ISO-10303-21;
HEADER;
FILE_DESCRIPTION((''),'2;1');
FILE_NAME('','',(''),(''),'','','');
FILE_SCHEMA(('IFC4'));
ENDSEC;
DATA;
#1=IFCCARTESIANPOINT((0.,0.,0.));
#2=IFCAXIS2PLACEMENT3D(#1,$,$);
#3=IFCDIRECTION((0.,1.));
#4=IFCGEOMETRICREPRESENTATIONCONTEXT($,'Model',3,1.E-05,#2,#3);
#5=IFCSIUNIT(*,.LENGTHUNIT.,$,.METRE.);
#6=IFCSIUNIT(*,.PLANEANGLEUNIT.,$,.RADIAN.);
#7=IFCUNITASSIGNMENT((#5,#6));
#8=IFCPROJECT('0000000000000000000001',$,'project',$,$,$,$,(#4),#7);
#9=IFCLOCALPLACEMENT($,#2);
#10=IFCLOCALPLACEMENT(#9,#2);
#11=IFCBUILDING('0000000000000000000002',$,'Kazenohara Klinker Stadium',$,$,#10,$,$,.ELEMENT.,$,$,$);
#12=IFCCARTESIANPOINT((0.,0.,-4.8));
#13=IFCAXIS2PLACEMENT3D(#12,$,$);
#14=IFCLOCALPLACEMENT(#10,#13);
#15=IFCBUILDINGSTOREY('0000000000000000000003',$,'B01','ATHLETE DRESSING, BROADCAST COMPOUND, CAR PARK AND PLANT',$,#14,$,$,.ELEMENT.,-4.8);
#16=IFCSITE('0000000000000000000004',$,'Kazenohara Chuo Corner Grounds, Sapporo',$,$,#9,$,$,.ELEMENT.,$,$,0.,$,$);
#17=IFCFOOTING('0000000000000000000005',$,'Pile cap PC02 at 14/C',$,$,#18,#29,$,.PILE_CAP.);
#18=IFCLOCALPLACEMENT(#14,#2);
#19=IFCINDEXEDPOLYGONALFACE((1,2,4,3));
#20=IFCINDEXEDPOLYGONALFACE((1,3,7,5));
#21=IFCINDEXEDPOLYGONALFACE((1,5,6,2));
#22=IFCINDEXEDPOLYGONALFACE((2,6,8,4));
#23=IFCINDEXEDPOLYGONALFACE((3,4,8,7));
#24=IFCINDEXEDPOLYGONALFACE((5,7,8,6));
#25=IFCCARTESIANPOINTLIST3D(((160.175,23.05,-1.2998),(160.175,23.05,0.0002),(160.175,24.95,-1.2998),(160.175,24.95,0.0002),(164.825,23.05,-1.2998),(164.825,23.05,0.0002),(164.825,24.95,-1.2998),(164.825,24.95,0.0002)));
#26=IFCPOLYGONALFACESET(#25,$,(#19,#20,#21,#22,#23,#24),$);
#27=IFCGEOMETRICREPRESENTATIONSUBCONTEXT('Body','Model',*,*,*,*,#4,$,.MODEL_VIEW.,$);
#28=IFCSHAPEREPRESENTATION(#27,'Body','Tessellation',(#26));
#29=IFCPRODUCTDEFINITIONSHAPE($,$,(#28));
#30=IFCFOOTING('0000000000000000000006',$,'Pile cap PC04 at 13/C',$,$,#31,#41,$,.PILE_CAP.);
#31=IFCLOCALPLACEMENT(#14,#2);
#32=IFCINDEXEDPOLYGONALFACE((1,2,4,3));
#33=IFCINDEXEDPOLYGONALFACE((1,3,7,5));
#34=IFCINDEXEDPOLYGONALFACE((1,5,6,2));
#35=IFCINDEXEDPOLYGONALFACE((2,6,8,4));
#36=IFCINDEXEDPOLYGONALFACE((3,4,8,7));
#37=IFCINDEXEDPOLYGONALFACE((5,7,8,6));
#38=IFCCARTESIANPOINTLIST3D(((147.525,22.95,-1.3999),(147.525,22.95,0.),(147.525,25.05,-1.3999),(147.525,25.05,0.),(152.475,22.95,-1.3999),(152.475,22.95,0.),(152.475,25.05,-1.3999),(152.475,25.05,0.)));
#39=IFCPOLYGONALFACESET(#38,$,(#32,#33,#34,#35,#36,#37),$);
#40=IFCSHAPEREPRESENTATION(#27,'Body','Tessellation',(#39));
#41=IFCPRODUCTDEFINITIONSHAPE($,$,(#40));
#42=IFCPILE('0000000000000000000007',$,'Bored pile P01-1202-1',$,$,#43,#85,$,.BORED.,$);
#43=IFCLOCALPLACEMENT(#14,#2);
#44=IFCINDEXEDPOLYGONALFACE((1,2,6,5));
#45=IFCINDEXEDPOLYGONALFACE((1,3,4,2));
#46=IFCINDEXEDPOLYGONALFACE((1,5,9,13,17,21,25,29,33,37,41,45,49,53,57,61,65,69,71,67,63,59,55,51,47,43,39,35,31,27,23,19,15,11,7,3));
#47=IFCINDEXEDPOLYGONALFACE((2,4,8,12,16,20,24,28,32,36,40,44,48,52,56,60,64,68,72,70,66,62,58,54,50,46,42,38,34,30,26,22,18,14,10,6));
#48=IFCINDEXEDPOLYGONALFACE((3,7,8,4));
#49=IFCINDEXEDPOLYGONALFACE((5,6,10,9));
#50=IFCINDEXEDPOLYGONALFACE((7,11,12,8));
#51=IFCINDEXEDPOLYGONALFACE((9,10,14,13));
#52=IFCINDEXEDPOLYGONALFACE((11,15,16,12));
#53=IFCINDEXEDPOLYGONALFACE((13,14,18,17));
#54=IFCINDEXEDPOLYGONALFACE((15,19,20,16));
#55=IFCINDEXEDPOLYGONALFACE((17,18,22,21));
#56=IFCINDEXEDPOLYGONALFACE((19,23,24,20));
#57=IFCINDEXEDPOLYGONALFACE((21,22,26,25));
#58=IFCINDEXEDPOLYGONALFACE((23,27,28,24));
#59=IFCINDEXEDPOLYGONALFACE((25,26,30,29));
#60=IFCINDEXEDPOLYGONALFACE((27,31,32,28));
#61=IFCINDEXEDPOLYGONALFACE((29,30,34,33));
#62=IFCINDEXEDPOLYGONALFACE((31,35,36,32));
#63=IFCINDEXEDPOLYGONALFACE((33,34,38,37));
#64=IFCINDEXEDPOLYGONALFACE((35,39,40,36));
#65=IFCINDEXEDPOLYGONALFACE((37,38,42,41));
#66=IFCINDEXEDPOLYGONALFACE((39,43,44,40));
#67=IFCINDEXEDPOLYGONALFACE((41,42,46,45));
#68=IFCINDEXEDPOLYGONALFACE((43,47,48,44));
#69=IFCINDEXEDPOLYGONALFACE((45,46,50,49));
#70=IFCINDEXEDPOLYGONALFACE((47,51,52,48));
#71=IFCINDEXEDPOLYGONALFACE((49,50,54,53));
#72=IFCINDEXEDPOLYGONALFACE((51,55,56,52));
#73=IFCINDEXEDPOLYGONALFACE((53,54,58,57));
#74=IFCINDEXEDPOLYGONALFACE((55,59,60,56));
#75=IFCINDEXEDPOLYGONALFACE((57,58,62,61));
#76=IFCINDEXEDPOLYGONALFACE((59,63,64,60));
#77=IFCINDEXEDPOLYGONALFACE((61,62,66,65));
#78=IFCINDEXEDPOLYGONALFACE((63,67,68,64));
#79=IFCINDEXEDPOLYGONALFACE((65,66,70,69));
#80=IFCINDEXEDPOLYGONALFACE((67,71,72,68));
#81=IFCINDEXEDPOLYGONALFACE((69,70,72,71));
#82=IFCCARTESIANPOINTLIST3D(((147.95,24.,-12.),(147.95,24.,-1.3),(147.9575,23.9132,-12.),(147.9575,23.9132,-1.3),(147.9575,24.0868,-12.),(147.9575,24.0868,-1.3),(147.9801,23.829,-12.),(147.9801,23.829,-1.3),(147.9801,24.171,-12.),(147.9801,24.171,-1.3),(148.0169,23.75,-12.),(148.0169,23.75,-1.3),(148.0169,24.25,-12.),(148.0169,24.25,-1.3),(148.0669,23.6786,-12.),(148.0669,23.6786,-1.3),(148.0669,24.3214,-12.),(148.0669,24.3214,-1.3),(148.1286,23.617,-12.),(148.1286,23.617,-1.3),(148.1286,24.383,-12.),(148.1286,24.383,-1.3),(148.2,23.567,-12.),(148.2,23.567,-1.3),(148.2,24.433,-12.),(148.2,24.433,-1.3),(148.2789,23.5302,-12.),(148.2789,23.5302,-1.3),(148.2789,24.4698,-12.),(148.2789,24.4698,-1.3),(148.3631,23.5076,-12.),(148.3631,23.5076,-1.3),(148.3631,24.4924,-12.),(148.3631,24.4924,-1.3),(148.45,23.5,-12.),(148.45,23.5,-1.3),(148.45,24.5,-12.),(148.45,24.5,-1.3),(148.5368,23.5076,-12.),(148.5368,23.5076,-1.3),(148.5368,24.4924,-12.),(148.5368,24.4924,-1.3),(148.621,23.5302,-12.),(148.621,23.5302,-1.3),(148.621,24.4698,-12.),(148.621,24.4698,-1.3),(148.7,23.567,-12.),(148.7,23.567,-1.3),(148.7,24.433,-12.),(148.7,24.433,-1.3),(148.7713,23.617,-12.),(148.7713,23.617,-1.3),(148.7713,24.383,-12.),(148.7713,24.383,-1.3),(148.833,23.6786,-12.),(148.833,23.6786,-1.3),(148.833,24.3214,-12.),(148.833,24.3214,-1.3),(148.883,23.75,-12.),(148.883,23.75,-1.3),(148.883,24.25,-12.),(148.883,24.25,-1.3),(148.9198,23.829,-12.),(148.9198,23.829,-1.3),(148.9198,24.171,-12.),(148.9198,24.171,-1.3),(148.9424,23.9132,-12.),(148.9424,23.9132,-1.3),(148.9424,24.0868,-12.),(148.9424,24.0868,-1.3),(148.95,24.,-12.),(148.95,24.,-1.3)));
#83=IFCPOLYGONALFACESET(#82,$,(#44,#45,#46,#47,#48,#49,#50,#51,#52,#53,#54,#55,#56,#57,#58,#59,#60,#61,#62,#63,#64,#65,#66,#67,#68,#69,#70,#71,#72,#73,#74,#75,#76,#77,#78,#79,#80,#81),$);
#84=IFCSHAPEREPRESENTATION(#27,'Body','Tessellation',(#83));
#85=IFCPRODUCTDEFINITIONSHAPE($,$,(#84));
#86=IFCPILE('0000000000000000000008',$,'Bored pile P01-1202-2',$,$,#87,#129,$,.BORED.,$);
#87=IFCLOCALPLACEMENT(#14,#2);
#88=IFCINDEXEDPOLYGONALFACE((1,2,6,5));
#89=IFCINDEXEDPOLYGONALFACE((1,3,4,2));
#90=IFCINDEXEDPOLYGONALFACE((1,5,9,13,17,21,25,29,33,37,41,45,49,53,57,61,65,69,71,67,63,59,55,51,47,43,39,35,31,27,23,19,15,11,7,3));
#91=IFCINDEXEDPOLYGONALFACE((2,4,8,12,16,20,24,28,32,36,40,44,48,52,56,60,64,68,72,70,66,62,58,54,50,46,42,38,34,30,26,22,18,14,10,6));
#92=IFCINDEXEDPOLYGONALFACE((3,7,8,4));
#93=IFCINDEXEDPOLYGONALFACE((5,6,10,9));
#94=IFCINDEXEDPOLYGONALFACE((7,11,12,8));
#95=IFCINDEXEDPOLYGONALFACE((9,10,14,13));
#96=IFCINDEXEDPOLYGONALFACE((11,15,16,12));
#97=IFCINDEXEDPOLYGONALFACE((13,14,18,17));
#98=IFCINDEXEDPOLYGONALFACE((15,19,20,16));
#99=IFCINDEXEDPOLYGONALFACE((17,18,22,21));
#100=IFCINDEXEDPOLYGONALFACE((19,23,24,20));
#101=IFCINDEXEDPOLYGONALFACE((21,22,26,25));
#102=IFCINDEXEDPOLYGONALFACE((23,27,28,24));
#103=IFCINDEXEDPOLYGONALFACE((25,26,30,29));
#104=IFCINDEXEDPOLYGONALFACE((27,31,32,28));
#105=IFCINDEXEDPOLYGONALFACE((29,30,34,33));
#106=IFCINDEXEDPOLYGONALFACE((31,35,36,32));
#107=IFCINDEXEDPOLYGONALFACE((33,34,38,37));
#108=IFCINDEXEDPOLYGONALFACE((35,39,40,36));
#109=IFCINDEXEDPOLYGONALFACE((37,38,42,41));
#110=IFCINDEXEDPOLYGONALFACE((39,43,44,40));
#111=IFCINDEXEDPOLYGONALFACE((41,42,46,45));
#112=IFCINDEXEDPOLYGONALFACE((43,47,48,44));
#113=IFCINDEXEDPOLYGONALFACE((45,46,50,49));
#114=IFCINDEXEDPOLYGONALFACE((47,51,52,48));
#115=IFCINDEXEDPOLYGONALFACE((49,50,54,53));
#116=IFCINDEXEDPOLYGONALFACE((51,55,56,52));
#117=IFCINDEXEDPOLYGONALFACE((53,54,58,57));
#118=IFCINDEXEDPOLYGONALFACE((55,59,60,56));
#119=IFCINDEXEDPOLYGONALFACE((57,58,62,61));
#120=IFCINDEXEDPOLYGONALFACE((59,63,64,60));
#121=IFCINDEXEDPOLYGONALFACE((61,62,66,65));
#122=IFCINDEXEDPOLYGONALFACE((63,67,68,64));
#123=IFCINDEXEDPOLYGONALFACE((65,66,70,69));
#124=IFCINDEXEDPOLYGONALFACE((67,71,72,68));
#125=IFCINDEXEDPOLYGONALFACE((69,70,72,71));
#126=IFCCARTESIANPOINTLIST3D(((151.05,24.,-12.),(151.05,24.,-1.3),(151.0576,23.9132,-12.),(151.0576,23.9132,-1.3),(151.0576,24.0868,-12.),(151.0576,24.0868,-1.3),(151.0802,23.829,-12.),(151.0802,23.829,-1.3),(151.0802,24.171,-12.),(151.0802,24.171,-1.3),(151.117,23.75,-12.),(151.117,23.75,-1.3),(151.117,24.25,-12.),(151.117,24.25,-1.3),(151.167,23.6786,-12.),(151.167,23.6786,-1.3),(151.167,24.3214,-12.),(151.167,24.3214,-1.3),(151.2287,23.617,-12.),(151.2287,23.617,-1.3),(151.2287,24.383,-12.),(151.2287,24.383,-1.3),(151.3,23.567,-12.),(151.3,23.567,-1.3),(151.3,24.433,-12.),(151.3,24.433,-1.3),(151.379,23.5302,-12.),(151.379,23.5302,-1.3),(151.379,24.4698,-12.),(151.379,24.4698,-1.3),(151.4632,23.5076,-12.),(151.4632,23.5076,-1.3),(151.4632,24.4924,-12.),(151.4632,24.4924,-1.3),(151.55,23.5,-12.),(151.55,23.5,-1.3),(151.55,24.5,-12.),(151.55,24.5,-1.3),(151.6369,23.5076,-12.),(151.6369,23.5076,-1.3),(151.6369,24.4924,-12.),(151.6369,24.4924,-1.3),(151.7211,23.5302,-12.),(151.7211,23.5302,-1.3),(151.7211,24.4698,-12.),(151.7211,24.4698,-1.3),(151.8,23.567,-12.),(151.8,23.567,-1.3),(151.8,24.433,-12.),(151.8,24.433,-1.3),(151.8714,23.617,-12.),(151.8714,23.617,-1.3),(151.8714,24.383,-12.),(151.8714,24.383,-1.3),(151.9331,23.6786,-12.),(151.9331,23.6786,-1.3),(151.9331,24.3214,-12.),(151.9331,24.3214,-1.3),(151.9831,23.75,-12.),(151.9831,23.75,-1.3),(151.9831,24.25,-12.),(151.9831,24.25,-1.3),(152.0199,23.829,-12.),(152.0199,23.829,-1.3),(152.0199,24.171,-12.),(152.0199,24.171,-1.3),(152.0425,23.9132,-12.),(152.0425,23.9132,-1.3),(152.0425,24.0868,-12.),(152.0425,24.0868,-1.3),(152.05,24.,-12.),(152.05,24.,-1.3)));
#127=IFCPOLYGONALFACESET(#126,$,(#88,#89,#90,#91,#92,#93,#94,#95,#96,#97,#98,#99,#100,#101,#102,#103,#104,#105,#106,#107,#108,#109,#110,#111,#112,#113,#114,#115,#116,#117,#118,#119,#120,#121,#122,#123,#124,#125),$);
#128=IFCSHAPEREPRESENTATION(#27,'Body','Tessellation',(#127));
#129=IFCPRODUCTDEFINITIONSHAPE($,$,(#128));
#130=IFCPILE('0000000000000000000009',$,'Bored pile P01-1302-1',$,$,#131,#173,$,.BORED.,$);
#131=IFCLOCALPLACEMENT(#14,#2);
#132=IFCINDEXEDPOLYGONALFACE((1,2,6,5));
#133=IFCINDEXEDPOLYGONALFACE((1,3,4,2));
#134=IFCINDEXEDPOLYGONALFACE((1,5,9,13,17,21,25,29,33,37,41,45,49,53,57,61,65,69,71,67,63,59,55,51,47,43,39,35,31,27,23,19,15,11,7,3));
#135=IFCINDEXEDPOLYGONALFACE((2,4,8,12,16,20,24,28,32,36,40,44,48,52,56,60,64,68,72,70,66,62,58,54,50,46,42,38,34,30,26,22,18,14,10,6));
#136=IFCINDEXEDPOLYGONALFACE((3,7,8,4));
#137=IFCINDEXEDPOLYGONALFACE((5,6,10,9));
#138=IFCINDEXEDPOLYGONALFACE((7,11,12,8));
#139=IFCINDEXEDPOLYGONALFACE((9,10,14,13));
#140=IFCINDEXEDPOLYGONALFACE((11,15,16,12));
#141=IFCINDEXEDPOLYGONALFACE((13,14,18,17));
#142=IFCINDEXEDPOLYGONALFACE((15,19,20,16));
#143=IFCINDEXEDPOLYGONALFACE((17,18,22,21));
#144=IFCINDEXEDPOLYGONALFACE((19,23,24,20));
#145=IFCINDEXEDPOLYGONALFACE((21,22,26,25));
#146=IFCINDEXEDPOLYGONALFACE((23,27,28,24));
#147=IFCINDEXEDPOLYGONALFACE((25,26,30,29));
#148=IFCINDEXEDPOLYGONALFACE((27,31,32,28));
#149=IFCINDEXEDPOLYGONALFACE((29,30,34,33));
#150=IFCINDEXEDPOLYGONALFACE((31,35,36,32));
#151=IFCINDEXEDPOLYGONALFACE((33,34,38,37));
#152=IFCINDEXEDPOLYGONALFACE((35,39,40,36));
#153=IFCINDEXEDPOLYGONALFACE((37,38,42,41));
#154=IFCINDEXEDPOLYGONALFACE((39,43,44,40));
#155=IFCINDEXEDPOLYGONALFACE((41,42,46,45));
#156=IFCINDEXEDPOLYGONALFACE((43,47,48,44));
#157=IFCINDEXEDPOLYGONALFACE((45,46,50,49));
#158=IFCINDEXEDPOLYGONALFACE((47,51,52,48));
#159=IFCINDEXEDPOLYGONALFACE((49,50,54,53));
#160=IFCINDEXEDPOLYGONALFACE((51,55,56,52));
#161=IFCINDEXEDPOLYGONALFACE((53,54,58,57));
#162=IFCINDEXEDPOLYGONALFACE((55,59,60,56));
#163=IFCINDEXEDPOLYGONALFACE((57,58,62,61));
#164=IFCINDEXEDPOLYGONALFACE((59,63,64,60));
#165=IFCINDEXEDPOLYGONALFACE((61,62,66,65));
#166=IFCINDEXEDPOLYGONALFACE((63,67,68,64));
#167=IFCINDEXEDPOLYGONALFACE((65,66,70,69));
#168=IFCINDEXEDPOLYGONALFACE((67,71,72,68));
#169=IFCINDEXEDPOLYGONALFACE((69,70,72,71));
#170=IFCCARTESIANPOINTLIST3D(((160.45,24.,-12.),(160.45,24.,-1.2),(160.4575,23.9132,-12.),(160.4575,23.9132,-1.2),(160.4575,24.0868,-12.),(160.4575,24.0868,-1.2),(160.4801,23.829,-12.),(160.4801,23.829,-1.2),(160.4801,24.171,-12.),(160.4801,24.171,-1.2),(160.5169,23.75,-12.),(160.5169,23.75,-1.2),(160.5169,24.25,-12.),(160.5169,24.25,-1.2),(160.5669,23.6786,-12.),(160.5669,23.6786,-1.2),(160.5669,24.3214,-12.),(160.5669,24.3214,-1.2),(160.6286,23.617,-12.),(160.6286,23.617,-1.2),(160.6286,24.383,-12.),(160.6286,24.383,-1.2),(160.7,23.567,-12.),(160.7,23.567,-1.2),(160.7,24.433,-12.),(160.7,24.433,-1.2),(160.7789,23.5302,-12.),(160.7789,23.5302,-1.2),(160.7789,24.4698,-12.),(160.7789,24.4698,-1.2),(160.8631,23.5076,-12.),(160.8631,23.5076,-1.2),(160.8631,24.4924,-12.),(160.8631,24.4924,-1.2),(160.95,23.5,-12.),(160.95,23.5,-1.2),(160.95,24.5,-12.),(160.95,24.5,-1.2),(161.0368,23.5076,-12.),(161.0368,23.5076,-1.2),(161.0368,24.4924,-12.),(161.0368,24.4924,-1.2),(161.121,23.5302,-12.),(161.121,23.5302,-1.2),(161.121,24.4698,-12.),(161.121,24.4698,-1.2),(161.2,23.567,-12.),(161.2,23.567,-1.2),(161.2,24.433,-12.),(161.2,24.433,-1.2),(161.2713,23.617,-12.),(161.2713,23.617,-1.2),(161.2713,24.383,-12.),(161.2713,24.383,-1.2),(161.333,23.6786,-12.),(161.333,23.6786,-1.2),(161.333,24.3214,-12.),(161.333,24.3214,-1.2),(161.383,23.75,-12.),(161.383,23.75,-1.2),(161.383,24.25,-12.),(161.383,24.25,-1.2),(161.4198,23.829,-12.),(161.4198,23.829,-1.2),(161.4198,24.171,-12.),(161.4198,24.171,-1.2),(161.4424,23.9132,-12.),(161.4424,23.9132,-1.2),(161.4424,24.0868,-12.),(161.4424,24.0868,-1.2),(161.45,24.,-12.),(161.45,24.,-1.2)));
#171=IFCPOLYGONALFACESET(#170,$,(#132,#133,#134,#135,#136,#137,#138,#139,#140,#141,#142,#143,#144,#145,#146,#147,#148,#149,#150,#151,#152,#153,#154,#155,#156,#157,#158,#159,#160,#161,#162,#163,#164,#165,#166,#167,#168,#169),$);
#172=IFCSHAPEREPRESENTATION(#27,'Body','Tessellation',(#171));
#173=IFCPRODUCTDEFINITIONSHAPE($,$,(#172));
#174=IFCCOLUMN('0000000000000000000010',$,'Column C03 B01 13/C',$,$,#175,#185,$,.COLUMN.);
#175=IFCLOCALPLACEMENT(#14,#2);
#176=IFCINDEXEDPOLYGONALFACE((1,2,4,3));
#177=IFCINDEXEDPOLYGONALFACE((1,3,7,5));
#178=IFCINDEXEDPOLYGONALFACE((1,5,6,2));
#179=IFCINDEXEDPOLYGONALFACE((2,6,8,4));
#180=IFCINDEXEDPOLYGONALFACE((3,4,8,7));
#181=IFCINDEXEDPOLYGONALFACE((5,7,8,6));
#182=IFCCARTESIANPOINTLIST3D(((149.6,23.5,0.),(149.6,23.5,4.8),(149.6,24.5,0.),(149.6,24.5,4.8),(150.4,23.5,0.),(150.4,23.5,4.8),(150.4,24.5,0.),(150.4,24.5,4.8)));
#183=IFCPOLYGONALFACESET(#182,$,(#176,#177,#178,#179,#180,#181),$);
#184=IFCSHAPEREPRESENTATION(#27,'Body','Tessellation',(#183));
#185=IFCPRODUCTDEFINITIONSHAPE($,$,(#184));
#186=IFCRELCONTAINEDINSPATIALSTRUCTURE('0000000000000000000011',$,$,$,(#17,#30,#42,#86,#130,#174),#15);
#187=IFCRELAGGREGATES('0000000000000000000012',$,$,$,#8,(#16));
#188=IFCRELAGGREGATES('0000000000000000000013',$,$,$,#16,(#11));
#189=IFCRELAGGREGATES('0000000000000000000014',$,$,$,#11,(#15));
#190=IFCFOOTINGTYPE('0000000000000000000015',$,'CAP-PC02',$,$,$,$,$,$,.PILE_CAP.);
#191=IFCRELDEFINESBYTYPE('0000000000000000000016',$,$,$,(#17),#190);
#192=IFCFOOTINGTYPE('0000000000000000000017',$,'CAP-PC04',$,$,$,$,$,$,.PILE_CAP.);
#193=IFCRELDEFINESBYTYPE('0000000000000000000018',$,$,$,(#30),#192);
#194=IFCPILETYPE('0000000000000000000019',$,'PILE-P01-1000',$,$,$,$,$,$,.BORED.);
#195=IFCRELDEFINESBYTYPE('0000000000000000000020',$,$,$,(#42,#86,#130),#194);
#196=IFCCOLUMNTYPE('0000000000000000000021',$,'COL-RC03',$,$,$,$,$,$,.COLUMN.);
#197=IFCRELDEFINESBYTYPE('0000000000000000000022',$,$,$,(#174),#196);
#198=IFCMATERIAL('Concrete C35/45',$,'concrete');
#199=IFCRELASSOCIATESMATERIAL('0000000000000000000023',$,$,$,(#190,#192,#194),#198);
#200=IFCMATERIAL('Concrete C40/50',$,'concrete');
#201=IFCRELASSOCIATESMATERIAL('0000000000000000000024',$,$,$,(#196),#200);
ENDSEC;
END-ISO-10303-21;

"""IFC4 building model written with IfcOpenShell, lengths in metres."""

from ifc_helpers import new_model, si_unit, direction, frame, origin, origin_2d, place, context, subcontext, project, spatial, rectangle, circle, extrude, material, material_profile, profile_set, type_object, element, save


model = new_model("IFC4")

# Units and contexts
model_context = context("Model", 3, precision=1e-05, world=origin(), true_north=direction((0.0, 1.0)))
body_context = subcontext(model_context, "Body", "Model", "MODEL_VIEW")
ifc_project = project(units=[si_unit("LENGTHUNIT", "METRE"), si_unit("PLANEANGLEUNIT", "RADIAN")], contexts=[model_context])

# Site, building, storey
site_placement = place(None, origin())
site = spatial("IfcSite", under=ifc_project, at=site_placement, Name="Kazenohara Chuo Corner Grounds, Sapporo", CompositionType="ELEMENT", RefElevation=0.0)
building_placement = place(site_placement, origin())
building = spatial("IfcBuilding", under=site, at=building_placement, Name="Kazenohara Klinker Stadium", CompositionType="ELEMENT")
storey_placement = place(building_placement, frame((0.0, 0.0, -4.8)))
storey = spatial("IfcBuildingStorey", under=building, at=storey_placement, Name="B01", Description="ATHLETE DRESSING, BROADCAST COMPOUND, CAR PARK AND PLANT", CompositionType="ELEMENT", Elevation=-4.8)

# Footings
ifc_material_1 = material(Name="Concrete C35/45", Category="concrete")
footing_type_1 = type_object("IfcFootingType", Name="CAP-PC02", PredefinedType="PILE_CAP", material=ifc_material_1)
footing_1_placement = place(storey_placement, frame((162.5, 24.0, -1.2998), z_axis=(0.0, 0.0, 1.0), x_axis=(1.0, 0.0, 0.0)))
element("IfcFooting", 1, at=footing_1_placement, inside=storey, type_object=footing_type_1, Name="Pile cap PC02 at 14/C", PredefinedType="PILE_CAP", context=body_context, shape_type="SweptSolid", body=[
    extrude(rectangle(XDim=4.6499, YDim=1.8999, at=origin_2d()), origin(), (0.0, 0.0, 1.0), 1.3),
])
footing_type_2 = type_object("IfcFootingType", Name="CAP-PC04", PredefinedType="PILE_CAP", material=ifc_material_1)
footing_2_placement = place(storey_placement, frame((150.0, 24.0, -1.3999), z_axis=(0.0, 0.0, 1.0), x_axis=(1.0, 0.0, 0.0)))
element("IfcFooting", 2, at=footing_2_placement, inside=storey, type_object=footing_type_2, Name="Pile cap PC04 at 13/C", PredefinedType="PILE_CAP", context=body_context, shape_type="SweptSolid", body=[
    extrude(rectangle(XDim=4.95, YDim=2.1001, at=origin_2d()), origin(), (0.0, 0.0, 1.0), 1.3999),
])

# Piles
ifc_material_profile_1 = material_profile(ifc_material_1, circle(Radius=0.5, at=origin_2d()), Name="BORED-PILE-1000")
ifc_profile_set_1 = profile_set([ifc_material_profile_1], Name="Concrete C35/45")
pile_type = type_object("IfcPileType", Name="PILE-P01-1000", PredefinedType="BORED", material=ifc_profile_set_1)
for number, where, z_axis, x_axis, name in (
    (3, (148.45, 24.0, -1.3), (0.0, 0.0, -1.0), (1.0, 0.0, 0.0), "Bored pile P01-1202-1"),
    (4, (151.55, 24.0, -1.3), (0.0, 0.0, -1.0), (1.0, 0.0, 0.0), "Bored pile P01-1202-2"),
):
    element("IfcPile", number, at=place(storey_placement, frame(where, z_axis=z_axis, x_axis=x_axis)), inside=storey, type_object=pile_type, Name=name, PredefinedType="BORED", context=body_context, shape_type="SweptSolid", body=[
        extrude(circle(Radius=0.5, at=origin_2d()), origin(), (0.0, 0.0, 1.0), 10.7),
    ])
pile_placement = place(storey_placement, frame((160.95, 24.0, -1.2), z_axis=(0.0, 0.0, -1.0), x_axis=(1.0, 0.0, 0.0)))
element("IfcPile", 5, at=pile_placement, inside=storey, type_object=pile_type, Name="Bored pile P01-1302-1", PredefinedType="BORED", context=body_context, shape_type="SweptSolid", body=[
    extrude(circle(Radius=0.5, at=origin_2d()), origin(), (0.0, 0.0, 1.0), 10.8),
])

# Column
ifc_material_2 = material(Name="Concrete C40/50", Category="concrete")
ifc_material_profile_2 = material_profile(ifc_material_2, rectangle(XDim=0.8, YDim=1.0, at=origin_2d()), Name="RC-COL-1000x800")
ifc_profile_set_2 = profile_set([ifc_material_profile_2], Name="Concrete C40/50")
column_type_1 = type_object("IfcColumnType", Name="COL-RC03", PredefinedType="COLUMN", material=ifc_profile_set_2)
column_1_placement = place(storey_placement, frame((150.0, 24.0, 0.0), z_axis=(0.0, 0.0, 1.0), x_axis=(1.0, 0.0, 0.0)))
element("IfcColumn", 6, at=column_1_placement, inside=storey, type_object=column_type_1, Name="Column C03 B01 13/C", PredefinedType="COLUMN", context=body_context, shape_type="SweptSolid", body=[
    extrude(rectangle(XDim=0.8, YDim=1.0, at=origin_2d()), origin(), (0.0, 0.0, 1.0), 4.8),
])

save(model, "model.ifc")
